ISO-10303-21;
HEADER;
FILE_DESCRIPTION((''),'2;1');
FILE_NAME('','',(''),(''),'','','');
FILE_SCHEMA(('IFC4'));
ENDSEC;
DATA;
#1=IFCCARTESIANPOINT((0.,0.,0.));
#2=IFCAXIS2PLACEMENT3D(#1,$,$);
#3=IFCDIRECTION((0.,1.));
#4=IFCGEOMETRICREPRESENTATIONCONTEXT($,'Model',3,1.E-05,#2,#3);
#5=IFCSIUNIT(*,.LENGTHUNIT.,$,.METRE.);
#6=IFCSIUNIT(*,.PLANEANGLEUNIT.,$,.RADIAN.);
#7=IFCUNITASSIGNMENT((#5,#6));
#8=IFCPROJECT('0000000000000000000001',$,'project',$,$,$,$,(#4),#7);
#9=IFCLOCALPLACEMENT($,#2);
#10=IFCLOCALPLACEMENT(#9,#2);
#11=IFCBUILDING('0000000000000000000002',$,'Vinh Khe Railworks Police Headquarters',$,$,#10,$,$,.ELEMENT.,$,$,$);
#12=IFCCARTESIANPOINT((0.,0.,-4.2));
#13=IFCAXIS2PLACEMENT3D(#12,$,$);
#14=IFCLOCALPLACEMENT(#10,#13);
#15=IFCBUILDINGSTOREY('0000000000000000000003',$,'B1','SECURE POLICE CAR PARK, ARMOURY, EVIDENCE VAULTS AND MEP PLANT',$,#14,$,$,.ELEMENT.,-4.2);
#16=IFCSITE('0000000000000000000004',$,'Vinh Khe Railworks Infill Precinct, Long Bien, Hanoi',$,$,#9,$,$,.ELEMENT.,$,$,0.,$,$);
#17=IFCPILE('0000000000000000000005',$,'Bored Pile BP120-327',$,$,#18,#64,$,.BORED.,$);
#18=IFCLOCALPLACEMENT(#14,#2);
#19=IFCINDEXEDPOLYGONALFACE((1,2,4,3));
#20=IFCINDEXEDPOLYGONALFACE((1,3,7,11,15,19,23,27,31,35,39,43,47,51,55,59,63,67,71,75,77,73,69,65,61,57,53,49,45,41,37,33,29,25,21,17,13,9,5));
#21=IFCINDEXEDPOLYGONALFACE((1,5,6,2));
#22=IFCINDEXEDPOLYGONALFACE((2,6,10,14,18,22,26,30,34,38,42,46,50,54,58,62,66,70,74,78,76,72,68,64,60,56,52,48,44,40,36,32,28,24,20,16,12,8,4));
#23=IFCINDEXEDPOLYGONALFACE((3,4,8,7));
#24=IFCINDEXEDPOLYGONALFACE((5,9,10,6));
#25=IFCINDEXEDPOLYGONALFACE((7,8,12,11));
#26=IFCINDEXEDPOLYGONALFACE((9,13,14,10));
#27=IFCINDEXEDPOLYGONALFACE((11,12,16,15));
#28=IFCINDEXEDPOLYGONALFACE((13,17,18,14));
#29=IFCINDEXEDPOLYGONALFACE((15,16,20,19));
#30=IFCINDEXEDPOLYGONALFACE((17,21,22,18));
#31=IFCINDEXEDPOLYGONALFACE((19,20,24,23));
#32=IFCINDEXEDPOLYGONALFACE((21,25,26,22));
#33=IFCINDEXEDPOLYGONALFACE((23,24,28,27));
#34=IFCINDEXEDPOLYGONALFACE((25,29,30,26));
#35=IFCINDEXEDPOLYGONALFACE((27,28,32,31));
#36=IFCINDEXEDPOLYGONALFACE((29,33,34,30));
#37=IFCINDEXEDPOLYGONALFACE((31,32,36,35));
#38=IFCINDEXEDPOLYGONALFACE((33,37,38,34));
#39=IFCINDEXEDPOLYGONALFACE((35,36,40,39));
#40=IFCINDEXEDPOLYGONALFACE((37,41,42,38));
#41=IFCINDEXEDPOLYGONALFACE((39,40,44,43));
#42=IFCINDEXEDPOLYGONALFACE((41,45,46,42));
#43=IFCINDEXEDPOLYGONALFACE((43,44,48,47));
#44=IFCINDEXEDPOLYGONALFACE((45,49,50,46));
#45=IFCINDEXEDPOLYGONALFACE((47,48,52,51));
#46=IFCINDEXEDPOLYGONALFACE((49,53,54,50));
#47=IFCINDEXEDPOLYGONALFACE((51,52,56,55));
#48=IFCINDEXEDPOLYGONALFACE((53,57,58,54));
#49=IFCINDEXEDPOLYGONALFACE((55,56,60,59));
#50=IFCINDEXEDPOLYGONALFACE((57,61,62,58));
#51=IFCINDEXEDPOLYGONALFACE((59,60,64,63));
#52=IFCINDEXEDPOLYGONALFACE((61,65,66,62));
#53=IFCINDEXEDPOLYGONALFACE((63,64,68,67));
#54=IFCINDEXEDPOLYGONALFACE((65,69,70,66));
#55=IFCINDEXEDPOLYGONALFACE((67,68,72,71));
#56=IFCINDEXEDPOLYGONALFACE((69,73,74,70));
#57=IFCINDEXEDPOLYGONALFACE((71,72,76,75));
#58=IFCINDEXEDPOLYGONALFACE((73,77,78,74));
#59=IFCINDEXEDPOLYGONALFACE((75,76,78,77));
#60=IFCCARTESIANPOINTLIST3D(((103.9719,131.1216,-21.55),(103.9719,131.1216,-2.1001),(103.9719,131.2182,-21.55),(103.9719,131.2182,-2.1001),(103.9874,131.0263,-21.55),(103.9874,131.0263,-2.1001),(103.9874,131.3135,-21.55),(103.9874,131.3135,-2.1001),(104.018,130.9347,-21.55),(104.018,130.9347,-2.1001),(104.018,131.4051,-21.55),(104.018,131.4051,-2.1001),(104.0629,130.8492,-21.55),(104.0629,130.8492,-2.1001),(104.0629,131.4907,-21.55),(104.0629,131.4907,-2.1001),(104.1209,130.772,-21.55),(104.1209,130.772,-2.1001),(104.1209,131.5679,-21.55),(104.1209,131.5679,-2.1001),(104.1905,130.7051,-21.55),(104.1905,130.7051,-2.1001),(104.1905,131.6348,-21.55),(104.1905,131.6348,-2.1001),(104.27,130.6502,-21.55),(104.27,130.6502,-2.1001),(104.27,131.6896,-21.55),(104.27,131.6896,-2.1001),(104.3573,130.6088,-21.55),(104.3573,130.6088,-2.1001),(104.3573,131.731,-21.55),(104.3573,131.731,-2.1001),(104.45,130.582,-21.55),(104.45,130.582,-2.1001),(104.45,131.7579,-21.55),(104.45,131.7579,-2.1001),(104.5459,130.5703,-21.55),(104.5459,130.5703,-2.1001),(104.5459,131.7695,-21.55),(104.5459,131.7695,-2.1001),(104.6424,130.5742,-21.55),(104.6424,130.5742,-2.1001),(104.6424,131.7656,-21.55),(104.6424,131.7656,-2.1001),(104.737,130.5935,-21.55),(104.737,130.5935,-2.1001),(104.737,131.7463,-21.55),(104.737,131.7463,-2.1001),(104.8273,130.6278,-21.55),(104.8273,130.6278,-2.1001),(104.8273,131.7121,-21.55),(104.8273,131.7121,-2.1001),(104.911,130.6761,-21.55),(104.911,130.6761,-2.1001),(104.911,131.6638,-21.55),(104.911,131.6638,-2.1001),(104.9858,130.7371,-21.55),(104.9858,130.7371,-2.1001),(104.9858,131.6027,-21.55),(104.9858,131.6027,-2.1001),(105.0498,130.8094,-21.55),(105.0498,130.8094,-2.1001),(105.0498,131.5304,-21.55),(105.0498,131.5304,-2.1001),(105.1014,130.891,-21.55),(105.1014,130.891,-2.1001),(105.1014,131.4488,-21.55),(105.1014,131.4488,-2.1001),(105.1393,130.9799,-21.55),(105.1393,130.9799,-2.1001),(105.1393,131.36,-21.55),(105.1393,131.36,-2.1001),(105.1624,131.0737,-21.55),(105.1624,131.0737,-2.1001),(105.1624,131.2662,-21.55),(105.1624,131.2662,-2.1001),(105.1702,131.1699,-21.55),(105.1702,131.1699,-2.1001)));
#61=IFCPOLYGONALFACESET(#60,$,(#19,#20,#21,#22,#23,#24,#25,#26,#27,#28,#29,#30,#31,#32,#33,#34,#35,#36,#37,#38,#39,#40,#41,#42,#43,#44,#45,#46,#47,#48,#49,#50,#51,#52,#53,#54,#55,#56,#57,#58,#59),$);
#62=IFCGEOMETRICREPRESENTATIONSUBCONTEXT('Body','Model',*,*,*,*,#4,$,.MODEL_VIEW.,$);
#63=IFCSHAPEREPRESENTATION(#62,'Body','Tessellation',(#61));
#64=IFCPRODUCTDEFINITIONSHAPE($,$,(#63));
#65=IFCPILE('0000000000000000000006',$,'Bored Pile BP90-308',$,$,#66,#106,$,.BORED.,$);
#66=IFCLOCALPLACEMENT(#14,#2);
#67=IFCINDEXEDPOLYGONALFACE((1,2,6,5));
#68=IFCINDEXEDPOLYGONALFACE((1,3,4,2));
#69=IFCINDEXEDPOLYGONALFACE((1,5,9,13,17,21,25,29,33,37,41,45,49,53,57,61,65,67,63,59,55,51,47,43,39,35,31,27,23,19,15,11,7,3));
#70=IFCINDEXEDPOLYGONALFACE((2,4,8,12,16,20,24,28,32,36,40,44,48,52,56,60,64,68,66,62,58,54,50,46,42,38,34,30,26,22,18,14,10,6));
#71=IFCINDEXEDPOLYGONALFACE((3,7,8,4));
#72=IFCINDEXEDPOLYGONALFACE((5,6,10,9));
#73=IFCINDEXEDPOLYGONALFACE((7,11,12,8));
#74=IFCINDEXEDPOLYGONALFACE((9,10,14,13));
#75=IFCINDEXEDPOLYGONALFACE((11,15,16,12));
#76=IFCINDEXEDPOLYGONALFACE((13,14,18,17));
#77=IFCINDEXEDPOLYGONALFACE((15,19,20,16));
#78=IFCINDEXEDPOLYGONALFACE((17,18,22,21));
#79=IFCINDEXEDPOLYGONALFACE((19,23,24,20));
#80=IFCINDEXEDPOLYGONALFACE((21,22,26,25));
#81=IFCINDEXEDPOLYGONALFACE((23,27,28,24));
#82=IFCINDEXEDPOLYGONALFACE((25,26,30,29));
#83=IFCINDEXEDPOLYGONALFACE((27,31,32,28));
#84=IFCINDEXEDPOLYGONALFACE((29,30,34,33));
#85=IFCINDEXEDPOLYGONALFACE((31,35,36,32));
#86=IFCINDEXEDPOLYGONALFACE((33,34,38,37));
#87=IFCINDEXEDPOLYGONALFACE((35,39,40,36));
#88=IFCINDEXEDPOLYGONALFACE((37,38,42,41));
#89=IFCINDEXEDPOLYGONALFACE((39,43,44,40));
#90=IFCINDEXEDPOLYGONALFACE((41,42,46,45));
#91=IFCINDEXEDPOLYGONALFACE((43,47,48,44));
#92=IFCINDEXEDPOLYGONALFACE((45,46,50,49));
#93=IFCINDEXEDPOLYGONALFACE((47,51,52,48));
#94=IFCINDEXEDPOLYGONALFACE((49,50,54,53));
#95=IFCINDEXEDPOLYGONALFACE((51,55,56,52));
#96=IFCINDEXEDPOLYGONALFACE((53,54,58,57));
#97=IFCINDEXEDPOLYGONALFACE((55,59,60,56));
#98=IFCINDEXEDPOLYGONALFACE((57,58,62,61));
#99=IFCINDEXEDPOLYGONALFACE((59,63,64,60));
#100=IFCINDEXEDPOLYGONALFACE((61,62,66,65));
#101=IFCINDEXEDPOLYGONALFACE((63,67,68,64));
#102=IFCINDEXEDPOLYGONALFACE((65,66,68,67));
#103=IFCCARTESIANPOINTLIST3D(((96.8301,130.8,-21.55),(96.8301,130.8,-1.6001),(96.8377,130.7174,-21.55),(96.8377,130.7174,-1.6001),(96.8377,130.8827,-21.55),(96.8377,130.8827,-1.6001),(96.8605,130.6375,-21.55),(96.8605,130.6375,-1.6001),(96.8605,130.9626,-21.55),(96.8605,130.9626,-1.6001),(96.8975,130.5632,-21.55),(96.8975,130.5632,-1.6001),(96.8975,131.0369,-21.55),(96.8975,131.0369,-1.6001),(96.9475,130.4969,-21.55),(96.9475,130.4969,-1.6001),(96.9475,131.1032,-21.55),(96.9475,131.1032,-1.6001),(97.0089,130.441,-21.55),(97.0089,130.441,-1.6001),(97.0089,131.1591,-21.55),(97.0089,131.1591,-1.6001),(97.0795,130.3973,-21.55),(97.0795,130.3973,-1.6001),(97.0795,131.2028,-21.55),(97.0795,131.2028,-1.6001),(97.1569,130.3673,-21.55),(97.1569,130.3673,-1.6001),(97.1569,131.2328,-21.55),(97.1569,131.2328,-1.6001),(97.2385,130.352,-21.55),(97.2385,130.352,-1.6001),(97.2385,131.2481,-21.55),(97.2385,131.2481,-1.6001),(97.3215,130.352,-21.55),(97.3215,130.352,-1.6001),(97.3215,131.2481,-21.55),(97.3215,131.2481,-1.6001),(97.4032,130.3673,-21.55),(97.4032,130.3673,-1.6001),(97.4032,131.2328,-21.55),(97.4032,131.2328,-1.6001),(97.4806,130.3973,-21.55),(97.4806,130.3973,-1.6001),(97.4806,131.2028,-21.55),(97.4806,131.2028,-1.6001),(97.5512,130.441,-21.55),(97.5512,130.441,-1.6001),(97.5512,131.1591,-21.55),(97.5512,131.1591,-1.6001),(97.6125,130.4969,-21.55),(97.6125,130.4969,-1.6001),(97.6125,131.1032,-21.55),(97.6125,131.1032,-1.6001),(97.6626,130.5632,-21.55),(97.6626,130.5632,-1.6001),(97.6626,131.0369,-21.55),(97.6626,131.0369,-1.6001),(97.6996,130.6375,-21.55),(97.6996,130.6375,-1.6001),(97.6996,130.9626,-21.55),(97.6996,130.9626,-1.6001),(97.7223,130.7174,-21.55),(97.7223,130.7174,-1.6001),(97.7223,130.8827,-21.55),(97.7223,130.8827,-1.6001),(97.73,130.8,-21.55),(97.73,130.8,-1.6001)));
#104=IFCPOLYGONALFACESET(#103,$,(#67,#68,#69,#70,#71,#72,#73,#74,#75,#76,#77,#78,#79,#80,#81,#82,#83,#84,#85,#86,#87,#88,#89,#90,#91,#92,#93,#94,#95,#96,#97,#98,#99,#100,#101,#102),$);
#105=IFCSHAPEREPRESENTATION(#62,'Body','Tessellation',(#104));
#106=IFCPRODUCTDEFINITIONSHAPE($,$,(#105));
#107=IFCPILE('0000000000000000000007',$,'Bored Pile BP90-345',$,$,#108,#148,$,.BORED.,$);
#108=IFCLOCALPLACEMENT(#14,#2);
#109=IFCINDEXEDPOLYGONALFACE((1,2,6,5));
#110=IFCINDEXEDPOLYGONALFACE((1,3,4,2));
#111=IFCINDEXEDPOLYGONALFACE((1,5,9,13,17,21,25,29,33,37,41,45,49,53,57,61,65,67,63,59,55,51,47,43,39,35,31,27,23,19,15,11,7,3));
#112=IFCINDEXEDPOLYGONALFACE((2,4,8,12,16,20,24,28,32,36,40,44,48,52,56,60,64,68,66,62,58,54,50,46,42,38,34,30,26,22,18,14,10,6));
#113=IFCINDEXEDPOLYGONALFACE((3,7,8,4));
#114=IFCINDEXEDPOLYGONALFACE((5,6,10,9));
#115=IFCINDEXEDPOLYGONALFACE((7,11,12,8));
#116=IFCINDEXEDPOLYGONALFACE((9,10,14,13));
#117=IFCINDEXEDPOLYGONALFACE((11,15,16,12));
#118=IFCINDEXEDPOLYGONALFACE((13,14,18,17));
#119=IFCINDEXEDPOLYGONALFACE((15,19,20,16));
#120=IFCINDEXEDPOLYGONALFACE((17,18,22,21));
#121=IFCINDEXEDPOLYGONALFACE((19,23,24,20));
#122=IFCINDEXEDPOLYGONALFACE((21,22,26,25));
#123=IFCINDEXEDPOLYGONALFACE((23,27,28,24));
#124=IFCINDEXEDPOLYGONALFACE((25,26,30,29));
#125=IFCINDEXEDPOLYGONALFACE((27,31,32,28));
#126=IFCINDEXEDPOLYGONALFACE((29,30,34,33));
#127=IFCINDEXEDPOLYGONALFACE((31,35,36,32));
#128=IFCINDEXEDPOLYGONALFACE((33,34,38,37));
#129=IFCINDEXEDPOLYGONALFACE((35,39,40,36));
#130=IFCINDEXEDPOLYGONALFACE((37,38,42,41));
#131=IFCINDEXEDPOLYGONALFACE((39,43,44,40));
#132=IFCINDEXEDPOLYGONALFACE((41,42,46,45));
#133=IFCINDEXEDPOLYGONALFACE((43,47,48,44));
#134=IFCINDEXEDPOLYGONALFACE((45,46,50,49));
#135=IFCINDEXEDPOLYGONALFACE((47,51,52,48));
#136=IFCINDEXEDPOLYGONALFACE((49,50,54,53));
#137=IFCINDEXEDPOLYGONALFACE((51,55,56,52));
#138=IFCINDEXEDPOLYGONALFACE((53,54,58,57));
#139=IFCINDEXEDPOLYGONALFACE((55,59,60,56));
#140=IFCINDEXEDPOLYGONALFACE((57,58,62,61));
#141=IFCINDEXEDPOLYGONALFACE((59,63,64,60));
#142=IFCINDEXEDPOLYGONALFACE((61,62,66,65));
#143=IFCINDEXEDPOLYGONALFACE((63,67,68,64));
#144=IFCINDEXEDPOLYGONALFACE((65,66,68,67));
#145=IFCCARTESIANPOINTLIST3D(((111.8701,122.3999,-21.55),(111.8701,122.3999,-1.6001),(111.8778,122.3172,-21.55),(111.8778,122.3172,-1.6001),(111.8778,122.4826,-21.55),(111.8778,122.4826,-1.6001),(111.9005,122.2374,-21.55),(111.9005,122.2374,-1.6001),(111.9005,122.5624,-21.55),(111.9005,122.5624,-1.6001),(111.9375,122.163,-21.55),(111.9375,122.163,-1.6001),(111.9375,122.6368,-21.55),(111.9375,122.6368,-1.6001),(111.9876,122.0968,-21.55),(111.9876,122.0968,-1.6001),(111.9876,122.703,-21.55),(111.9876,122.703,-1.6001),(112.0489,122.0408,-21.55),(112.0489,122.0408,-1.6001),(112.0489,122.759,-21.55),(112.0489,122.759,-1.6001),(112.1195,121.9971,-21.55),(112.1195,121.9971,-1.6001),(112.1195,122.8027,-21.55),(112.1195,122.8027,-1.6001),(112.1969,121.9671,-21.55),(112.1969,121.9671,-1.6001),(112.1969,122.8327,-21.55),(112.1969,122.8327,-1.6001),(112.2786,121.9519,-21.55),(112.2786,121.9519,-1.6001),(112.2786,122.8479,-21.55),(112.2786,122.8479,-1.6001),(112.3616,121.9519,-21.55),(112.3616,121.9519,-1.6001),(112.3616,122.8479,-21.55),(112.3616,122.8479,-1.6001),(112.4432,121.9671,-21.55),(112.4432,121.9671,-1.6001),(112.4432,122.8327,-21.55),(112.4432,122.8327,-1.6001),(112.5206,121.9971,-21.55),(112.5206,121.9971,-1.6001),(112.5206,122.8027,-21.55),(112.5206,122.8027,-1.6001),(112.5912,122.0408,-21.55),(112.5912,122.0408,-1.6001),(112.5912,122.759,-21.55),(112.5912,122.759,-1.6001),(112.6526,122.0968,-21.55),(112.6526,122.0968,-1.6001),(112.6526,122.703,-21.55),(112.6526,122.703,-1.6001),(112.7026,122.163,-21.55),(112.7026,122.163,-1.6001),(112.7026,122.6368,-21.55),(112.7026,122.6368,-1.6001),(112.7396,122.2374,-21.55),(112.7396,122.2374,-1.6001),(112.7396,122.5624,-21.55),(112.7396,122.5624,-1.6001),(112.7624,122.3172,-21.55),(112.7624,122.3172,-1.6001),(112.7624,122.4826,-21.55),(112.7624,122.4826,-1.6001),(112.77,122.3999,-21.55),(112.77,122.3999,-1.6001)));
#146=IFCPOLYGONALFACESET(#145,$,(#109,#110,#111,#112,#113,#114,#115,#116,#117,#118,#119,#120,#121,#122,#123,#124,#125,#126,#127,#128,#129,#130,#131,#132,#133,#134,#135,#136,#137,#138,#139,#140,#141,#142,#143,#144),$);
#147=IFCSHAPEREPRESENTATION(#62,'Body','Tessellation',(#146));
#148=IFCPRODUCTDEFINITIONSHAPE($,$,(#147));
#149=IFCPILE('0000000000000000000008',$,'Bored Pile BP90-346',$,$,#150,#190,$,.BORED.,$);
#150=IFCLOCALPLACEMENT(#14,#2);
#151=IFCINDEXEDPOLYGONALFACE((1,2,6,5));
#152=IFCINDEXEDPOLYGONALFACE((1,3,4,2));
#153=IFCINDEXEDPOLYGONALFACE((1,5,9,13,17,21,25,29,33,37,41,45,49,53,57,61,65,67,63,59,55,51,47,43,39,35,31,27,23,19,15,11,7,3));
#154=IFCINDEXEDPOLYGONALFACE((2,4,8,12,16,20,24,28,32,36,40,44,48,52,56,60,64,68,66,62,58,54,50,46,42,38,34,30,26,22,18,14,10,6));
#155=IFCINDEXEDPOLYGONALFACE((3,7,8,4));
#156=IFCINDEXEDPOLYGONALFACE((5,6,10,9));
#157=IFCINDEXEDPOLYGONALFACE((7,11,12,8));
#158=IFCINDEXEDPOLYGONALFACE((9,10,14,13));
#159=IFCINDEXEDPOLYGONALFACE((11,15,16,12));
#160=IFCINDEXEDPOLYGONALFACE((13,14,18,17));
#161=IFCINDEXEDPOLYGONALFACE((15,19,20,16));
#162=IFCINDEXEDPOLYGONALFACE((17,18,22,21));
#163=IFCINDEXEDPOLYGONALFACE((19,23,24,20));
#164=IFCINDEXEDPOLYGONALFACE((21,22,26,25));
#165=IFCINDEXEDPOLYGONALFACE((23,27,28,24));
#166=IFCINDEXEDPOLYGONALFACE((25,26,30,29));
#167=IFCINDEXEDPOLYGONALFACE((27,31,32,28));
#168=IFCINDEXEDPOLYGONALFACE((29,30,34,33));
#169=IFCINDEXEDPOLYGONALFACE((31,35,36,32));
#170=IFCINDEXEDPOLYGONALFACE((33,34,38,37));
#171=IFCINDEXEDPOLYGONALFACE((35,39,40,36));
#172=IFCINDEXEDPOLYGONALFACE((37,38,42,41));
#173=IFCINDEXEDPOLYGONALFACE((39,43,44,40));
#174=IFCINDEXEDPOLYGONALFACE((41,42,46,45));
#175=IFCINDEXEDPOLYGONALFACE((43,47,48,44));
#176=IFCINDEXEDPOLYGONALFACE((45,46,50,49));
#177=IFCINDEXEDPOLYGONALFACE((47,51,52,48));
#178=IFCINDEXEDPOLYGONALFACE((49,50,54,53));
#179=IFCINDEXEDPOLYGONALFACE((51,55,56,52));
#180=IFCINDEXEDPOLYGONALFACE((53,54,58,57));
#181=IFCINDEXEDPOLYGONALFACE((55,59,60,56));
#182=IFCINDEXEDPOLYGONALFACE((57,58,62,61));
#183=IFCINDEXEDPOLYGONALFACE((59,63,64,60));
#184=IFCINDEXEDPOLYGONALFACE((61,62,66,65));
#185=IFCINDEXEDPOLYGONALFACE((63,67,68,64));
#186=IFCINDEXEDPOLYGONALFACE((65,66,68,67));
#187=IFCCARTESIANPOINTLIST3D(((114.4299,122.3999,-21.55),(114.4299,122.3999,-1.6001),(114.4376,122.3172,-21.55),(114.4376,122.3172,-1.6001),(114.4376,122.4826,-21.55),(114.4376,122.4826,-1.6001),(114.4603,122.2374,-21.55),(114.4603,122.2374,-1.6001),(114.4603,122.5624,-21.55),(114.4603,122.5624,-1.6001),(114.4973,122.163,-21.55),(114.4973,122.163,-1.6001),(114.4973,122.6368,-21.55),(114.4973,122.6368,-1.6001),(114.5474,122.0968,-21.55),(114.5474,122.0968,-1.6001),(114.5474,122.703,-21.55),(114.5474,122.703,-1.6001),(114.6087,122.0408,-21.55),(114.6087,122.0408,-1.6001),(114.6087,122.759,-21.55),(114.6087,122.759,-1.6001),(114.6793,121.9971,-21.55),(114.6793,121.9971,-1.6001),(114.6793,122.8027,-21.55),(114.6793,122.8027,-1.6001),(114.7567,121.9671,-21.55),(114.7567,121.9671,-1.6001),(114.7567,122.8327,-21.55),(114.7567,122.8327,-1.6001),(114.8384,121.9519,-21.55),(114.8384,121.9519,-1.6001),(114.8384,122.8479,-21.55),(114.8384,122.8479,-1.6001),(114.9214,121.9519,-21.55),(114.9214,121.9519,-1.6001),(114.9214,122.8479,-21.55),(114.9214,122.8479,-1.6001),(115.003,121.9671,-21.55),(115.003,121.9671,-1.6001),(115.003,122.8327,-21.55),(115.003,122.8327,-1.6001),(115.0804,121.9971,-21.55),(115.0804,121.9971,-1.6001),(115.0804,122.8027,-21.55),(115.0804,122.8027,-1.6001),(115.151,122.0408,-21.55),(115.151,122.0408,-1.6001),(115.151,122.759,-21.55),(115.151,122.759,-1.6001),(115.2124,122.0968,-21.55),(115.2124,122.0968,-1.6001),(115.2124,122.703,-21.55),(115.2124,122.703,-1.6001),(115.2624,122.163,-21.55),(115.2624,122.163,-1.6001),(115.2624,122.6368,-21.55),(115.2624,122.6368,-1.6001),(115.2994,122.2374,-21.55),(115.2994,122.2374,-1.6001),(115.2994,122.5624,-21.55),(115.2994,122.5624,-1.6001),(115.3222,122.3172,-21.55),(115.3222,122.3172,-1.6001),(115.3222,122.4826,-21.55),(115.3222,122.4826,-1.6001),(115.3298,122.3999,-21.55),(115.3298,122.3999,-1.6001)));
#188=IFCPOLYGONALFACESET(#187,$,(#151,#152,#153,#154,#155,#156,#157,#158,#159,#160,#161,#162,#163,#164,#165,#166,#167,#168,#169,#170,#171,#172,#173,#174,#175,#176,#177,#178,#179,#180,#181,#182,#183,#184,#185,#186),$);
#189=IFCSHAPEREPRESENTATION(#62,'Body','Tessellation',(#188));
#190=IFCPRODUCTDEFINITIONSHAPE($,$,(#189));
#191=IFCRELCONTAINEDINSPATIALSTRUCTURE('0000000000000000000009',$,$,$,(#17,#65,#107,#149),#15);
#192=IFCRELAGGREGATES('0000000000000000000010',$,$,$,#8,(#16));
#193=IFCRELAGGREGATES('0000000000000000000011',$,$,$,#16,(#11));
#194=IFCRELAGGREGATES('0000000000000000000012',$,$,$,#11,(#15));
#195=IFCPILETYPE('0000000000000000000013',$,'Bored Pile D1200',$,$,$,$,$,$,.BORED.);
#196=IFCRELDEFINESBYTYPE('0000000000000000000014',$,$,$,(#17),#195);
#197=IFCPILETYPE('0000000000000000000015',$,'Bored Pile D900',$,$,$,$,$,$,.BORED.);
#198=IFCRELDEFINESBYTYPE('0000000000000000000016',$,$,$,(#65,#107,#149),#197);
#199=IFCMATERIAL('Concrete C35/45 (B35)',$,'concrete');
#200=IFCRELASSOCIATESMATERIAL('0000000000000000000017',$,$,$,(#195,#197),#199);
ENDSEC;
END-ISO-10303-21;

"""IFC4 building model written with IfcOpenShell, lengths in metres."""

from ifc_helpers import new_model, si_unit, direction, frame, origin, origin_2d, place, context, subcontext, project, spatial, circle, extrude, material, material_profile, profile_set, type_object, element, save


model = new_model("IFC4")

# Units and contexts
model_context = context("Model", 3, precision=1e-05, world=origin(), true_north=direction((0.0, 1.0)))
body_context = subcontext(model_context, "Body", "Model", "MODEL_VIEW")
ifc_project = project(units=[si_unit("LENGTHUNIT", "METRE"), si_unit("PLANEANGLEUNIT", "RADIAN")], contexts=[model_context])

# Site, building, storey
site_placement = place(None, origin())
site = spatial("IfcSite", under=ifc_project, at=site_placement, Name="Vinh Khe Railworks Infill Precinct, Long Bien, Hanoi", CompositionType="ELEMENT", RefElevation=0.0)
building_placement = place(site_placement, origin())
building = spatial("IfcBuilding", under=site, at=building_placement, Name="Vinh Khe Railworks Police Headquarters", CompositionType="ELEMENT")
storey_placement = place(building_placement, frame((0.0, 0.0, -4.2)))
storey = spatial("IfcBuildingStorey", under=building, at=storey_placement, Name="B1", Description="SECURE POLICE CAR PARK, ARMOURY, EVIDENCE VAULTS AND MEP PLANT", CompositionType="ELEMENT", Elevation=-4.2)

# Piles
ifc_material_1 = material(Name="Concrete C35/45 (B35)", Category="concrete")
ifc_material_profile_1 = material_profile(ifc_material_1, circle(Radius=0.6001, at=origin_2d()), Name="BORED PILE D1200")
ifc_profile_set_1 = profile_set([ifc_material_profile_1], Name="Concrete C35/45 (B35)")
pile_type_1 = type_object("IfcPileType", Name="Bored Pile D1200", PredefinedType="BORED", material=ifc_profile_set_1)
pile_placement = place(storey_placement, frame((104.5701, 131.1699, -2.1001), z_axis=(0.0, 0.0, -1.0), x_axis=(1.0, 0.0, 0.0)))
element("IfcPile", 1, at=pile_placement, inside=storey, type_object=pile_type_1, Name="Bored Pile BP120-327", PredefinedType="BORED", context=body_context, shape_type="SweptSolid", body=[
    extrude(circle(Radius=0.6001, at=origin_2d()), origin(), (0.0, 0.0, 1.0), 19.45),
])
ifc_material_profile_2 = material_profile(ifc_material_1, circle(Radius=0.45, at=origin_2d()), Name="BORED PILE D900")
ifc_profile_set_2 = profile_set([ifc_material_profile_2], Name="Concrete C35/45 (B35)")
pile_type_2 = type_object("IfcPileType", Name="Bored Pile D900", PredefinedType="BORED", material=ifc_profile_set_2)
for number, where, z_axis, x_axis, name in (
    (2, (97.28, 130.8, -1.6001), (0.0, 0.0, -1.0), (1.0, 0.0, 0.0), "Bored Pile BP90-308"),
    (3, (112.3201, 122.3999, -1.6001), (0.0, 0.0, -1.0), (1.0, 0.0, 0.0), "Bored Pile BP90-345"),
    (4, (114.8799, 122.3999, -1.6001), (0.0, 0.0, -1.0), (1.0, 0.0, 0.0), "Bored Pile BP90-346"),
):
    element("IfcPile", number, at=place(storey_placement, frame(where, z_axis=z_axis, x_axis=x_axis)), inside=storey, type_object=pile_type_2, Name=name, PredefinedType="BORED", context=body_context, shape_type="SweptSolid", body=[
        extrude(circle(Radius=0.45, at=origin_2d()), origin(), (0.0, 0.0, 1.0), 19.95),
    ])

save(model, "model.ifc")
